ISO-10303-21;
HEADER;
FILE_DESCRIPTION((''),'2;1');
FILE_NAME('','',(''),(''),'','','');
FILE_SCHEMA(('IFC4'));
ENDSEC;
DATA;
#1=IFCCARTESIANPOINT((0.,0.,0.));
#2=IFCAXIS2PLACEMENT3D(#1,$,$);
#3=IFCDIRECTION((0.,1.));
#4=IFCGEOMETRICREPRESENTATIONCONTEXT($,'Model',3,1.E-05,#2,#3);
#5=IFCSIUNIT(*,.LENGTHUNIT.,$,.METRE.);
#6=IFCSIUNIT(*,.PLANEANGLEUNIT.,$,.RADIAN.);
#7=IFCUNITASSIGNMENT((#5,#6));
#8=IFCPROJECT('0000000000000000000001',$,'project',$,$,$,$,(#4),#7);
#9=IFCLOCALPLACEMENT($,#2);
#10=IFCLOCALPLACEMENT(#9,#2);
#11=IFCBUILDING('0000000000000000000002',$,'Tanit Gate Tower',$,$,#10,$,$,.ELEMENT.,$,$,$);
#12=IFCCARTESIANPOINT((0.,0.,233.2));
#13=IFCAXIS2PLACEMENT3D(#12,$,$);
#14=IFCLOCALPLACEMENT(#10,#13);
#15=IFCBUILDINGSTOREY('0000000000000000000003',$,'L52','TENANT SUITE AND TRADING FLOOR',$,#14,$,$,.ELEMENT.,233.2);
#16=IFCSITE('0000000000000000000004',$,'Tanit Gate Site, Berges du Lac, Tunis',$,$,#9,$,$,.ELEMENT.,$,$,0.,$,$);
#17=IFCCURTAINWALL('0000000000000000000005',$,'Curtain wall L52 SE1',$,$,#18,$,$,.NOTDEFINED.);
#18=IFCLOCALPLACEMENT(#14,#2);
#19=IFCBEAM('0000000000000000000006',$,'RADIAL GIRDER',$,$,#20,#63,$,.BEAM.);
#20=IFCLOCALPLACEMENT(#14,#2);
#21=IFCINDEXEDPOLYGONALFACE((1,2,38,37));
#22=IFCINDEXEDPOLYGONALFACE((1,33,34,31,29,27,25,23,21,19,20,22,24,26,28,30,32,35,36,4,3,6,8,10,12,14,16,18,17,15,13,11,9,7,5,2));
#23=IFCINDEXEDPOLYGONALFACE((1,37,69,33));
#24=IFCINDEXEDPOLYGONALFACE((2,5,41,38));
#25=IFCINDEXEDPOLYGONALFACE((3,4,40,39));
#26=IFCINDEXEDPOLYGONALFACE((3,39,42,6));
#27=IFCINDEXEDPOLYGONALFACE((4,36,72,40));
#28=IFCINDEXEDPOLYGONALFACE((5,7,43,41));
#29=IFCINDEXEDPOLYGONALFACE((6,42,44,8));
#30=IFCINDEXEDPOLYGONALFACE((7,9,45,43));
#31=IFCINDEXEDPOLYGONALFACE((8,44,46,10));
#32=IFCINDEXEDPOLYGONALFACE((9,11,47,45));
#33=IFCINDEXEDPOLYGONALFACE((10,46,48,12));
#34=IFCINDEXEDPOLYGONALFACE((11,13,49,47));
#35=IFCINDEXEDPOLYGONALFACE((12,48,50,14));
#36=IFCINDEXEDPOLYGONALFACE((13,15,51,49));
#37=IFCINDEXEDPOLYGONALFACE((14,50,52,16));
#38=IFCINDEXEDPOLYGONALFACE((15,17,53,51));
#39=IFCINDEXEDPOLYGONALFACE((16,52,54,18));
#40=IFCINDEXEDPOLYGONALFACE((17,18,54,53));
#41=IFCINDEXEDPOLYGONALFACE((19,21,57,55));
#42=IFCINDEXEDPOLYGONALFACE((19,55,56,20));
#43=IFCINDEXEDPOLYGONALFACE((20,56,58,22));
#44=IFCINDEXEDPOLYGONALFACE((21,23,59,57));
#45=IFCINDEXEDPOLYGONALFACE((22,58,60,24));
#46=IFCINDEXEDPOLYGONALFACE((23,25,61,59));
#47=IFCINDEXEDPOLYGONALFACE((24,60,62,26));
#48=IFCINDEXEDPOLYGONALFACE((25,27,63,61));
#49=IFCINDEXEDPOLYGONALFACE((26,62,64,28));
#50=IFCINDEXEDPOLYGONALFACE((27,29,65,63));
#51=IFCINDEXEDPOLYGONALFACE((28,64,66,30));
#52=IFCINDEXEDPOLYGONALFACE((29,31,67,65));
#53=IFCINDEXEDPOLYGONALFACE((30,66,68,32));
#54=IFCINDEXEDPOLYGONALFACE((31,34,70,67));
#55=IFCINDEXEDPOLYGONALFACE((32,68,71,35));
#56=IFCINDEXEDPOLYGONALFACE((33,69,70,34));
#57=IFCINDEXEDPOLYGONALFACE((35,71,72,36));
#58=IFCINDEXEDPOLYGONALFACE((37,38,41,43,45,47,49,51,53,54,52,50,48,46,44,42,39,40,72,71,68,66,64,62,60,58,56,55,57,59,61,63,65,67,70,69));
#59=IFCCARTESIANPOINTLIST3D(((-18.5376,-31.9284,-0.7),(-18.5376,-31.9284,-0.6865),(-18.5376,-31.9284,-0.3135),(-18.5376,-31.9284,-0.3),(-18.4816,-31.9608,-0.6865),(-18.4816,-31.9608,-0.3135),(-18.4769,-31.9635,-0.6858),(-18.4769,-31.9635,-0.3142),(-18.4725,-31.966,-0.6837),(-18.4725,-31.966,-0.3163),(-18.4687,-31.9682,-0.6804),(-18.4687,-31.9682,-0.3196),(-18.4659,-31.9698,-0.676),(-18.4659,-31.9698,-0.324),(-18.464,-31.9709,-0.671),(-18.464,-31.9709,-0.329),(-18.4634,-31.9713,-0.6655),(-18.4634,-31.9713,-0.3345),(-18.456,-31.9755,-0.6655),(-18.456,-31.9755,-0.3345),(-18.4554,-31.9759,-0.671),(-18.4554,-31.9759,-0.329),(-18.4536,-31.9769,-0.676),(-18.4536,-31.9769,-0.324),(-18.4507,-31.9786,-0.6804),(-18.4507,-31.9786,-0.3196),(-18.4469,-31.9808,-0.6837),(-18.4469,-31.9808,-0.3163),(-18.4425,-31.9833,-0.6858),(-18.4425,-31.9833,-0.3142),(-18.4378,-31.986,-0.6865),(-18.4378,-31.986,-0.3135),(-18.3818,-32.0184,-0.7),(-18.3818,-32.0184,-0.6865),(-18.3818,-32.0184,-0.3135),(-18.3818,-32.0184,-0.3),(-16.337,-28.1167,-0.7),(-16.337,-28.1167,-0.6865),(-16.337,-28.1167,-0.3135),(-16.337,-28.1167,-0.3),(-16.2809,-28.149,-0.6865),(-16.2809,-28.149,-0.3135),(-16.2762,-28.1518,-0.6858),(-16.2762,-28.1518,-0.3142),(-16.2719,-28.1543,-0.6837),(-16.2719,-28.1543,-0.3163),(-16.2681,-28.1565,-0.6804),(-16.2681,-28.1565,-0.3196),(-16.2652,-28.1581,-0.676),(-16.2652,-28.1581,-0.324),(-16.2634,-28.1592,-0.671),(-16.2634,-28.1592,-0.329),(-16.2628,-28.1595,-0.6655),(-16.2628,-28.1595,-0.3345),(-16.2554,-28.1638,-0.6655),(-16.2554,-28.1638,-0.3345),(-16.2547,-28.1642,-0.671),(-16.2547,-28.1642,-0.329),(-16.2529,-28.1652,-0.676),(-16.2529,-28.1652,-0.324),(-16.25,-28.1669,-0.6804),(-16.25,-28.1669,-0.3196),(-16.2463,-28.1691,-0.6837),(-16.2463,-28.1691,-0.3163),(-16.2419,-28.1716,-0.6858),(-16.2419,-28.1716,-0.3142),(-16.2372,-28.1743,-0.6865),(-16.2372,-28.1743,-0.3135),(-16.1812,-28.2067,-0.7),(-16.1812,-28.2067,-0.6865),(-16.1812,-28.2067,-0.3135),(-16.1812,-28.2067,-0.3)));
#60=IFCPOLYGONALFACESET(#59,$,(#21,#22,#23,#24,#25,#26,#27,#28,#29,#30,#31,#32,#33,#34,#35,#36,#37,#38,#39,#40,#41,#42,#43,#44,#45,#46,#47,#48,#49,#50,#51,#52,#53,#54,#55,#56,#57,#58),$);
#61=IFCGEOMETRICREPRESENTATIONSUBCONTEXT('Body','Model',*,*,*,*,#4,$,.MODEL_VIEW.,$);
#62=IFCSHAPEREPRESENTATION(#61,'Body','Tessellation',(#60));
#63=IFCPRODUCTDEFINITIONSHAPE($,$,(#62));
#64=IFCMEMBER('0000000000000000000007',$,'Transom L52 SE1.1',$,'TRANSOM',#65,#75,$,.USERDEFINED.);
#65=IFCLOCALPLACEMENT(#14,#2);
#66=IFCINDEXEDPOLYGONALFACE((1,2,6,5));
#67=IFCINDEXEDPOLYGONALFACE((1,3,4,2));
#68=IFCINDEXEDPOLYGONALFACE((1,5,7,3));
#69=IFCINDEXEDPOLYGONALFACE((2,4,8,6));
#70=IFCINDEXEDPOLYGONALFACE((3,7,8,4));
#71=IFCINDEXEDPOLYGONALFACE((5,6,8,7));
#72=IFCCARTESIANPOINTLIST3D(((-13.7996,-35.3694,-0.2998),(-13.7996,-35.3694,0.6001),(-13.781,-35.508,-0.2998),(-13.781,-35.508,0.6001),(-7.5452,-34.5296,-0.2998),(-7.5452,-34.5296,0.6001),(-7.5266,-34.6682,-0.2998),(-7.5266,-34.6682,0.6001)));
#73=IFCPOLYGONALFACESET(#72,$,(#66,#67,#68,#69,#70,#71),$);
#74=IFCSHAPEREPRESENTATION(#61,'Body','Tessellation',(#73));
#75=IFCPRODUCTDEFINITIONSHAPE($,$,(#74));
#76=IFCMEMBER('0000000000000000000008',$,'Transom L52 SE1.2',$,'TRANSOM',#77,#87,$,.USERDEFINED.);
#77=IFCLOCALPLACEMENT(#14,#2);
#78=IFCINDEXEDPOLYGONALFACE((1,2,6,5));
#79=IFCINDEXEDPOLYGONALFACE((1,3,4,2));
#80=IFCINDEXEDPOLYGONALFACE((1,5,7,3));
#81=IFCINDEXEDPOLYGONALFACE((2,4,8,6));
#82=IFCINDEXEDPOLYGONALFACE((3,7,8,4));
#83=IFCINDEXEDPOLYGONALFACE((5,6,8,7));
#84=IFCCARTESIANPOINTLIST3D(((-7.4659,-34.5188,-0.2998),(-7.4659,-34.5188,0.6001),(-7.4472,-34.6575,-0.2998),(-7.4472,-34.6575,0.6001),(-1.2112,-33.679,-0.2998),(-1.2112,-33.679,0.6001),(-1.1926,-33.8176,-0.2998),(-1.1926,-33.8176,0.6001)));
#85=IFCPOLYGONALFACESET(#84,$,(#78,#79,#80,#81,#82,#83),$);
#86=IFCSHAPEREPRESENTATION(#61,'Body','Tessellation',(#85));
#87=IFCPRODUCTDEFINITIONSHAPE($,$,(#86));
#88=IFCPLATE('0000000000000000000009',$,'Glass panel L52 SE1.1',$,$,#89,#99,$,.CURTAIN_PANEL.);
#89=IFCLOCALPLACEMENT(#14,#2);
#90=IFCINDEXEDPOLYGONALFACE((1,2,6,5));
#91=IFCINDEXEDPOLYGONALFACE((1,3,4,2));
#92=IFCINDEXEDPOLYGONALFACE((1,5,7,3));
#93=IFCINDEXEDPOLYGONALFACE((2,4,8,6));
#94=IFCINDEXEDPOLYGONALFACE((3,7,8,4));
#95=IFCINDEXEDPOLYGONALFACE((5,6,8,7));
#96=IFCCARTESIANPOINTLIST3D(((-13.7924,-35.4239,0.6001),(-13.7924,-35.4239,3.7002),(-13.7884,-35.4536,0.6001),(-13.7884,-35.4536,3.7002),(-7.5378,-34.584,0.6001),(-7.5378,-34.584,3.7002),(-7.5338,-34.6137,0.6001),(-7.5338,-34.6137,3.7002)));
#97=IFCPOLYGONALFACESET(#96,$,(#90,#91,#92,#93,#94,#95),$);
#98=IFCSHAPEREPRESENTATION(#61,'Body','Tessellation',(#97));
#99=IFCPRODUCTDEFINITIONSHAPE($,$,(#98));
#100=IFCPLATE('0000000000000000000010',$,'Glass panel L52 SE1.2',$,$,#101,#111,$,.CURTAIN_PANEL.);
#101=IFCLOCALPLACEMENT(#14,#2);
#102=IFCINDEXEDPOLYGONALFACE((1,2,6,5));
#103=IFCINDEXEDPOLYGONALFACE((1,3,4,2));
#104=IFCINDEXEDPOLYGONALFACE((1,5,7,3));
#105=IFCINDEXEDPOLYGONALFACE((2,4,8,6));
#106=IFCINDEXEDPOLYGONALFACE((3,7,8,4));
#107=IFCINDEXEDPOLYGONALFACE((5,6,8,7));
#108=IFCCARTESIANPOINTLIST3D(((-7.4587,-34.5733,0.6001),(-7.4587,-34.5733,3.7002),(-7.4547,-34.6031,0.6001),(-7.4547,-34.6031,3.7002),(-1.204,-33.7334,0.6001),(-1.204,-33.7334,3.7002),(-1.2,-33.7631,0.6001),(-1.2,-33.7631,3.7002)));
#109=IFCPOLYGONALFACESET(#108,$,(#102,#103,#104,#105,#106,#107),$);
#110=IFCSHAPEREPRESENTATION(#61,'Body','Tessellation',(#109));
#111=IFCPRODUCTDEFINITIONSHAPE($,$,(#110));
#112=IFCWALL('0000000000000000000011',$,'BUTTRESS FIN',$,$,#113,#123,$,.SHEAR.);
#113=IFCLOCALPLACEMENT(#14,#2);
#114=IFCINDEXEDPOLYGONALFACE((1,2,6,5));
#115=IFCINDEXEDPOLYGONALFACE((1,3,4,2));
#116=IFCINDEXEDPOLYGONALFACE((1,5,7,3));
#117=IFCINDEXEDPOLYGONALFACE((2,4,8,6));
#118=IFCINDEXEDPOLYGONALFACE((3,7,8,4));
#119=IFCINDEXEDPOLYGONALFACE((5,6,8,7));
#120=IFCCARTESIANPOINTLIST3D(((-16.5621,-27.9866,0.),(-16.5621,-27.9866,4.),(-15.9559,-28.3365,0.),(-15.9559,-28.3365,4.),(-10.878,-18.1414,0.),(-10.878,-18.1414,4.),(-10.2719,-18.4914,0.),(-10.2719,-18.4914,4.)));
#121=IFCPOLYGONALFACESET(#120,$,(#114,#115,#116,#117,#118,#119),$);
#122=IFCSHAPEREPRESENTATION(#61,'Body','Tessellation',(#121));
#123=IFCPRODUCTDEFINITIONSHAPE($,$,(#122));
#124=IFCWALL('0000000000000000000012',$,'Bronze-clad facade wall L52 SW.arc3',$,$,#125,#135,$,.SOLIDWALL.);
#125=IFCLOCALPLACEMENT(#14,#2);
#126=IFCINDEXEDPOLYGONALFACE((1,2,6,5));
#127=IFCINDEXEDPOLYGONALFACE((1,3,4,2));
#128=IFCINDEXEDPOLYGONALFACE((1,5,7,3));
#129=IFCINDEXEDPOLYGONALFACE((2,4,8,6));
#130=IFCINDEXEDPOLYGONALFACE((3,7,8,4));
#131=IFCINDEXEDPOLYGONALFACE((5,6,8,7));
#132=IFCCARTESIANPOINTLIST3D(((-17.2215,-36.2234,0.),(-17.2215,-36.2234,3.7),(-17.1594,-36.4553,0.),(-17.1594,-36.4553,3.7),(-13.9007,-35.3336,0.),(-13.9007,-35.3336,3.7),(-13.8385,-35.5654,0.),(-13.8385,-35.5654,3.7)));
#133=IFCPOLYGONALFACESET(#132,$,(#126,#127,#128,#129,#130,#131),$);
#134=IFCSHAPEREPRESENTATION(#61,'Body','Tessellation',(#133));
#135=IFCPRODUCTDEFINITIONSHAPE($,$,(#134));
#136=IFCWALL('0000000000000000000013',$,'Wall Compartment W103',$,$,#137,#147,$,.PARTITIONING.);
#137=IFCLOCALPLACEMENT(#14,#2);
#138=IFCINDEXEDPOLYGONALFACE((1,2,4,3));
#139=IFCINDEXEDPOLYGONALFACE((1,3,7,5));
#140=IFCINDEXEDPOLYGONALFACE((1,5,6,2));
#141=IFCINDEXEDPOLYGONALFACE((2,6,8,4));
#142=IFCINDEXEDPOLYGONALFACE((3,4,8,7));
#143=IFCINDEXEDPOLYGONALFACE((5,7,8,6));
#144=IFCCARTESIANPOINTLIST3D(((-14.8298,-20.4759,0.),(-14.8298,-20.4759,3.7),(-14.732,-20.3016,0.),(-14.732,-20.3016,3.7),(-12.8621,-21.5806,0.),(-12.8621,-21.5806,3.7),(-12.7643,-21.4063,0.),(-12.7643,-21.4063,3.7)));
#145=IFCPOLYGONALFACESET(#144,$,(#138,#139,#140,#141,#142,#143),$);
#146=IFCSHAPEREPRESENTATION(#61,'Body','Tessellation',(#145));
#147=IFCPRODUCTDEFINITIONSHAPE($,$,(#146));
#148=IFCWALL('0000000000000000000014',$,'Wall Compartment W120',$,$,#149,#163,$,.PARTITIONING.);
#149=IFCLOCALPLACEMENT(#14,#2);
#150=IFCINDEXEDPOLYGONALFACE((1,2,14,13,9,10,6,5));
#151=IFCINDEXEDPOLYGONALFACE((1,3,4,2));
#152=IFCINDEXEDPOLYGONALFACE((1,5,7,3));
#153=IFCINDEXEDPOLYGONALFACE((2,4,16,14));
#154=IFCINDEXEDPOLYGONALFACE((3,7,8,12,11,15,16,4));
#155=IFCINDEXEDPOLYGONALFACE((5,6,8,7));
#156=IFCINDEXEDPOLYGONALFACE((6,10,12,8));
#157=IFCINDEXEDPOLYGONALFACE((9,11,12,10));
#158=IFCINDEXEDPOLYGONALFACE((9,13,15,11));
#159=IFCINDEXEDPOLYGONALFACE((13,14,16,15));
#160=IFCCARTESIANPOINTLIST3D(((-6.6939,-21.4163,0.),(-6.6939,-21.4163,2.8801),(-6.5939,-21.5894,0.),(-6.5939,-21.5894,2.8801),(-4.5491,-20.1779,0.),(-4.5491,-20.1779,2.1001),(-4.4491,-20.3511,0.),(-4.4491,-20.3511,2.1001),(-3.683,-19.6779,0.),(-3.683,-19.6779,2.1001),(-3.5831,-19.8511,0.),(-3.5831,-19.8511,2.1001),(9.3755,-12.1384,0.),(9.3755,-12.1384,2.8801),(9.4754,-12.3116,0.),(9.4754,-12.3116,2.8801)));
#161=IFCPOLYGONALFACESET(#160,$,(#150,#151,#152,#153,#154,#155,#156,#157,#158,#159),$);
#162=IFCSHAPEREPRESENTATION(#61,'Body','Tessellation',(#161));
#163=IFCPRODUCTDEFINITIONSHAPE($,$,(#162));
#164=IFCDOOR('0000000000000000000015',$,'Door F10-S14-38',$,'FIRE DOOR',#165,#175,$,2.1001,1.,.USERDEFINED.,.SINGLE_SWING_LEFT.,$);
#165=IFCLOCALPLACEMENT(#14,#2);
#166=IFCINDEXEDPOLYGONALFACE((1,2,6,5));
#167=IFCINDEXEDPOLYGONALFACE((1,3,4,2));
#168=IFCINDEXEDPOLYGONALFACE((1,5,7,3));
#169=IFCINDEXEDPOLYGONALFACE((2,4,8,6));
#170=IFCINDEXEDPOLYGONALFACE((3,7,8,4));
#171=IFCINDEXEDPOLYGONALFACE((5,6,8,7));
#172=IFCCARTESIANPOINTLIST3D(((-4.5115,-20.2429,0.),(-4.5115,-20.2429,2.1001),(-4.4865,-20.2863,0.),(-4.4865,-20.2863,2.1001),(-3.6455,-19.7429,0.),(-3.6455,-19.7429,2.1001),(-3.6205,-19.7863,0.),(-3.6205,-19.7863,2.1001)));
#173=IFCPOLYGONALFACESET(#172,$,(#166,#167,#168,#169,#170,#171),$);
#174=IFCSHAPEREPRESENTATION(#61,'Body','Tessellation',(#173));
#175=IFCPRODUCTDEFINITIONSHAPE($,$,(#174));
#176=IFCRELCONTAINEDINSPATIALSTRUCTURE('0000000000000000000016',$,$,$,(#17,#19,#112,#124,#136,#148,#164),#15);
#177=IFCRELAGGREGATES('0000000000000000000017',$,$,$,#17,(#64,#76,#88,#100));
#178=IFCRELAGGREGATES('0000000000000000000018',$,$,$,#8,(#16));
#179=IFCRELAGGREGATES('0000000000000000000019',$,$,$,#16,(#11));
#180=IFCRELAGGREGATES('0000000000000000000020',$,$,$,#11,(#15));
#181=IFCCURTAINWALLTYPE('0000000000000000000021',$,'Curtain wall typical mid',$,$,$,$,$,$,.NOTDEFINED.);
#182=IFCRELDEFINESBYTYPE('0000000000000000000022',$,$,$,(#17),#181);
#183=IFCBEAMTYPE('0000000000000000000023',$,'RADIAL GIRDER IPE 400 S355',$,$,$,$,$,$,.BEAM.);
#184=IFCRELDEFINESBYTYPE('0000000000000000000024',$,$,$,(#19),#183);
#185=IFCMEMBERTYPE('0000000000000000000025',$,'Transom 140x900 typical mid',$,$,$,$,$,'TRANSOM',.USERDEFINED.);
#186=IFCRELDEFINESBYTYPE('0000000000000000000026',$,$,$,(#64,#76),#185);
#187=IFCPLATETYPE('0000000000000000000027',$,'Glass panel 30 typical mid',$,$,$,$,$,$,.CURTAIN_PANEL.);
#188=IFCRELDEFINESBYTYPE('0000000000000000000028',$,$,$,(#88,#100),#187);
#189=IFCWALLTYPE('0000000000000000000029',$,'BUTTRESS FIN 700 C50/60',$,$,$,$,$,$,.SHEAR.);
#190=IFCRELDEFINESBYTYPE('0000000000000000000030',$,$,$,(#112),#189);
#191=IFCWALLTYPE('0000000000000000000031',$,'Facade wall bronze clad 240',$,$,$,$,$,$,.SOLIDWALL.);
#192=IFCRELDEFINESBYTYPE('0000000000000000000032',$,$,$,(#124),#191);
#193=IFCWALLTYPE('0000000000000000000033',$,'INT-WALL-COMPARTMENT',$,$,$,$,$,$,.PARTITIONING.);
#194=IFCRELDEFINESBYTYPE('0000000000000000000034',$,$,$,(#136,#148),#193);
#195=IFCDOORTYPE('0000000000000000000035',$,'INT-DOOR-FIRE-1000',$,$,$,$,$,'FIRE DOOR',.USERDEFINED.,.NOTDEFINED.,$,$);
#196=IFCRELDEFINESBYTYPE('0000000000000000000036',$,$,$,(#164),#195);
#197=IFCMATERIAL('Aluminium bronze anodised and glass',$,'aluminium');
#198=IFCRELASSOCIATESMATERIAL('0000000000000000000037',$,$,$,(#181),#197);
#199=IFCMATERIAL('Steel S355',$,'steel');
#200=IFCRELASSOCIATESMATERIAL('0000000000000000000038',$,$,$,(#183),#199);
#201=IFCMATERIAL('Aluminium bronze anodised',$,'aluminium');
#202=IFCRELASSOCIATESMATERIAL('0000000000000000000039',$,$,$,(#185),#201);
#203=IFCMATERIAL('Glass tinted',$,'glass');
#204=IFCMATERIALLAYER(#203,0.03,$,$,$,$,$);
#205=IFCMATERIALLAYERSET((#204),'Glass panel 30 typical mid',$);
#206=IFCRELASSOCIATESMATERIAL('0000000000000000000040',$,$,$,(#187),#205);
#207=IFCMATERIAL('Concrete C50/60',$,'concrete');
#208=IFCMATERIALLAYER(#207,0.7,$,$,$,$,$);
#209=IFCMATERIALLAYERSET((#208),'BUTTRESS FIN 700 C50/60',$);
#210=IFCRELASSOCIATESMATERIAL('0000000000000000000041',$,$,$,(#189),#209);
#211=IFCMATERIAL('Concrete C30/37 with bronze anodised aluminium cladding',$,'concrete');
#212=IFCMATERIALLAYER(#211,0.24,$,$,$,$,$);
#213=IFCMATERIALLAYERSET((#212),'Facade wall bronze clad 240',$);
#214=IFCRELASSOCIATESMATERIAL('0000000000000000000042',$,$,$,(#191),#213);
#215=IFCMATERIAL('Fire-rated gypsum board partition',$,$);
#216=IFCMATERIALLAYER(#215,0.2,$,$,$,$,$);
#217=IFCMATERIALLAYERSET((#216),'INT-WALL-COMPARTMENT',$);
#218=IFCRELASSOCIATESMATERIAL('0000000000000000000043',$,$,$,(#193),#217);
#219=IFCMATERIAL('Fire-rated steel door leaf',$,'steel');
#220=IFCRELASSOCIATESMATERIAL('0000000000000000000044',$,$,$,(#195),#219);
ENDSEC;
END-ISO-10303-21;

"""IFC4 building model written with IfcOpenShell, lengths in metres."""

from ifc_helpers import new_model, si_unit, direction, frame, frame_2d, origin, origin_2d, place, context, subcontext, project, spatial, rectangle, i_section, extrude, material, layer, layer_set, material_profile, profile_set, type_object, element, fill, aggregate, save


model = new_model("IFC4")

# Units and contexts
model_context = context("Model", 3, precision=1e-05, world=origin(), true_north=direction((0.0, 1.0)))
body_context = subcontext(model_context, "Body", "Model", "MODEL_VIEW")
ifc_project = project(units=[si_unit("LENGTHUNIT", "METRE"), si_unit("PLANEANGLEUNIT", "RADIAN")], contexts=[model_context])

# Site, building, storey
site_placement = place(None, origin())
site = spatial("IfcSite", under=ifc_project, at=site_placement, Name="Tanit Gate Site, Berges du Lac, Tunis", CompositionType="ELEMENT", RefElevation=0.0)
building_placement = place(site_placement, origin())
building = spatial("IfcBuilding", under=site, at=building_placement, Name="Tanit Gate Tower", CompositionType="ELEMENT")
storey_placement = place(building_placement, frame((0.0, 0.0, 233.2)))
storey = spatial("IfcBuildingStorey", under=building, at=storey_placement, Name="L52", Description="TENANT SUITE AND TRADING FLOOR", CompositionType="ELEMENT", Elevation=233.2)

# Curtain wall
ifc_material_1 = material(Name="Aluminium bronze anodised and glass", Category="aluminium")
curtain_wall_type = type_object("IfcCurtainWallType", Name="Curtain wall typical mid", PredefinedType="NOTDEFINED", material=ifc_material_1)
curtain_wall_placement = place(storey_placement, origin())
curtain_wall = element("IfcCurtainWall", 1, at=curtain_wall_placement, inside=storey, type_object=curtain_wall_type, Name="Curtain wall L52 SE1", PredefinedType="NOTDEFINED")

# Beam
ifc_material_2 = material(Name="Steel S355", Category="steel")
ifc_material_profile_1 = material_profile(ifc_material_2, i_section(OverallWidth=0.1799, OverallDepth=0.3999, WebThickness=0.0085, FlangeThickness=0.0134, FilletRadius=0.021, at=origin_2d()), Name="IPE 400")
ifc_profile_set_1 = profile_set([ifc_material_profile_1], Name="Steel S355")
beam_type_1 = type_object("IfcBeamType", Name="RADIAL GIRDER IPE 400 S355", PredefinedType="BEAM", material=ifc_profile_set_1)
beam_1_placement = place(storey_placement, frame((-18.4597, -31.9734, -0.5), z_axis=(0.499993, 0.866029, 0.0), x_axis=(-0.866029, 0.499993, 0.0)))
element("IfcBeam", 2, at=beam_1_placement, inside=storey, type_object=beam_type_1, Name="RADIAL GIRDER", PredefinedType="BEAM", context=body_context, shape_type="SweptSolid", body=[
    extrude(i_section(OverallWidth=0.1799, OverallDepth=0.3999, WebThickness=0.0085, FlangeThickness=0.0134, FilletRadius=0.021, at=origin_2d()), origin(), (0.0, 0.0, 1.0), 4.4014),
])

# Members
ifc_material_3 = material(Name="Aluminium bronze anodised", Category="aluminium")
ifc_material_profile_2 = material_profile(ifc_material_3, rectangle(XDim=0.1399, YDim=0.8999, at=origin_2d()), Name="140x900 bronze transom")
ifc_profile_set_2 = profile_set([ifc_material_profile_2], Name="Aluminium bronze anodised")
member_type_1 = type_object("IfcMemberType", Name="Transom 140x900 typical mid", ElementType="TRANSOM", PredefinedType="USERDEFINED", material=ifc_profile_set_2)
member_1_placement = place(storey_placement, frame((-13.7903, -35.4387, 0.1501), z_axis=(0.991104, 0.133086, 0.0), x_axis=(-0.133086, 0.991104, 0.0)))
member_1 = element("IfcMember", 3, at=member_1_placement, type_object=member_type_1, Name="Transom L52 SE1.1", ObjectType="TRANSOM", PredefinedType="USERDEFINED", context=body_context, shape_type="SweptSolid", body=[
    extrude(rectangle(XDim=0.1399, YDim=0.8999, at=origin_2d()), origin(), (0.0, 0.0, 1.0), 6.3105),
])
member_2_placement = place(storey_placement, frame((-7.4565, -34.5881, 0.1501), z_axis=(0.991105, 0.133081, 0.0), x_axis=(-0.133081, 0.991105, 0.0)))
member_2 = element("IfcMember", 4, at=member_2_placement, type_object=member_type_1, Name="Transom L52 SE1.2", ObjectType="TRANSOM", PredefinedType="USERDEFINED", context=body_context, shape_type="SweptSolid", body=[
    extrude(rectangle(XDim=0.1399, YDim=0.8999, at=origin_2d()), origin(), (0.0, 0.0, 1.0), 6.3108),
])

# Plates
ifc_material_4 = material(Name="Glass tinted", Category="glass")
ifc_layer_1 = layer(ifc_material_4, 0.03)
ifc_layer_set_1 = layer_set([ifc_layer_1], Name="Glass panel 30 typical mid")
plate_type = type_object("IfcPlateType", Name="Glass panel 30 typical mid", PredefinedType="CURTAIN_PANEL", material=ifc_layer_set_1)
plate_1_placement = place(storey_placement, frame((-10.6631, -35.0188, 0.6001), z_axis=(0.0, 0.0, 1.0), x_axis=(0.991104, 0.133092, 0.0)))
plate_1 = element("IfcPlate", 5, at=plate_1_placement, type_object=plate_type, Name="Glass panel L52 SE1.1", PredefinedType="CURTAIN_PANEL", context=body_context, shape_type="SweptSolid", body=[
    extrude(rectangle(XDim=6.3108, YDim=0.03, at=origin_2d()), origin(), (0.0, 0.0, 1.0), 3.1001),
])
plate_2_placement = place(storey_placement, frame((-4.3293, -34.1682, 0.6001), z_axis=(0.0, 0.0, 1.0), x_axis=(0.991104, 0.133092, 0.0)))
plate_2 = element("IfcPlate", 6, at=plate_2_placement, type_object=plate_type, Name="Glass panel L52 SE1.2", PredefinedType="CURTAIN_PANEL", context=body_context, shape_type="SweptSolid", body=[
    extrude(rectangle(XDim=6.3108, YDim=0.03, at=origin_2d()), origin(), (0.0, 0.0, 1.0), 3.1001),
])
aggregate(curtain_wall, [member_1, member_2, plate_1, plate_2])

# Wall
ifc_material_5 = material(Name="Concrete C50/60", Category="concrete")
ifc_layer_2 = layer(ifc_material_5, 0.7)
ifc_layer_set_2 = layer_set([ifc_layer_2], Name="BUTTRESS FIN 700 C50/60")
wall_type_1 = type_object("IfcWallType", Name="BUTTRESS FIN 700 C50/60", PredefinedType="SHEAR", material=ifc_layer_set_2)
wall_1_placement = place(storey_placement, frame((-10.575, -18.3164, 0.0), z_axis=(0.0, 0.0, 1.0), x_axis=(-0.499996, -0.866028, 0.0)))
element("IfcWall", 7, at=wall_1_placement, inside=storey, type_object=wall_type_1, Name="BUTTRESS FIN", PredefinedType="SHEAR", context=body_context, shape_type="SweptSolid", body=[
    extrude(rectangle(XDim=11.3682, YDim=0.7, at=frame_2d((5.6841, 0.0))), origin(), (0.0, 0.0, 1.0), 4.0),
])

# Walls
ifc_material_6 = material(Name="Concrete C30/37 with bronze anodised aluminium cladding", Category="concrete")
ifc_layer_3 = layer(ifc_material_6, 0.24)
ifc_layer_set_3 = layer_set([ifc_layer_3], Name="Facade wall bronze clad 240")
wall_type_2 = type_object("IfcWallType", Name="Facade wall bronze clad 240", PredefinedType="SOLIDWALL", material=ifc_layer_set_3)
wall_2_placement = place(storey_placement, frame((-17.1904, -36.3394, 0.0), z_axis=(0.0, 0.0, 1.0), x_axis=(0.96592, 0.258843, 0.0)))
element("IfcWall", 8, at=wall_2_placement, inside=storey, type_object=wall_type_2, Name="Bronze-clad facade wall L52 SW.arc3", PredefinedType="SOLIDWALL", context=body_context, shape_type="SweptSolid", body=[
    extrude(rectangle(XDim=3.438, YDim=0.24, at=frame_2d((1.719, 0.0))), origin(), (0.0, 0.0, 1.0), 3.7),
])
ifc_material_7 = material(Name="Fire-rated gypsum board partition")
ifc_layer_4 = layer(ifc_material_7, 0.2)
ifc_layer_set_4 = layer_set([ifc_layer_4], Name="INT-WALL-COMPARTMENT")
wall_type_3 = type_object("IfcWallType", Name="INT-WALL-COMPARTMENT", PredefinedType="PARTITIONING", material=ifc_layer_set_4)
wall_3_placement = place(storey_placement, frame((-14.781, -20.3887, 0.0), z_axis=(0.0, 0.0, 1.0), x_axis=(0.87198, -0.489542, 0.0)))
element("IfcWall", 9, at=wall_3_placement, inside=storey, type_object=wall_type_3, Name="Wall Compartment W103", PredefinedType="PARTITIONING", context=body_context, shape_type="SweptSolid", body=[
    extrude(rectangle(XDim=2.2566, YDim=0.2, at=frame_2d((1.1284, 0.0))), origin(), (0.0, 0.0, 1.0), 3.7),
])

# Wall, opening, door
wall_4_placement = place(storey_placement, frame((-6.644, -21.5029, 0.0), z_axis=(0.0, 0.0, 1.0), x_axis=(0.866021, 0.500008, 0.0)))
wall_4 = element("IfcWall", 10, at=wall_4_placement, inside=storey, type_object=wall_type_3, Name="Wall Compartment W120", PredefinedType="PARTITIONING", context=body_context, shape_type="SweptSolid", body=[
    extrude(rectangle(XDim=18.5554, YDim=0.2, at=frame_2d((9.2778, 0.0))), origin(), (0.0, 0.0, 1.0), 2.8801),
])
opening_1_placement = place(wall_4_placement, frame((2.4768, 0.0, 0.0)))
opening_1 = element("IfcOpeningElement", 11, at=opening_1_placement, cuts=wall_4, PredefinedType="OPENING", context=body_context, shape_type="SweptSolid", body=[
    extrude(rectangle(XDim=1.0, YDim=2.1001, at=frame_2d((0.5, 1.05))), frame((0.0, 0.1099, 0.0), z_axis=(0.0, -1.0, 0.0), x_axis=(1.0, 0.0, 0.0)), (0.0, 0.0, 1.0), 0.22),
])
ifc_material_8 = material(Name="Fire-rated steel door leaf", Category="steel")
door_type_1 = type_object("IfcDoorType", Name="INT-DOOR-FIRE-1000", ElementType="FIRE DOOR", OperationType="NOTDEFINED", PredefinedType="USERDEFINED", material=ifc_material_8)
door_1_placement = place(opening_1_placement, origin())
door_1 = element("IfcDoor", 12, at=door_1_placement, inside=storey, type_object=door_type_1, Name="Door F10-S14-38", ObjectType="FIRE DOOR", OperationType="SINGLE_SWING_LEFT", OverallHeight=2.1001, OverallWidth=1.0, PredefinedType="USERDEFINED", context=body_context, shape_type="SweptSolid", body=[
    extrude(rectangle(XDim=1.0, YDim=2.1001, at=frame_2d((0.5, 1.05))), frame((0.0, 0.0249, 0.0), z_axis=(0.0, -1.0, 0.0), x_axis=(1.0, 0.0, 0.0)), (0.0, 0.0, 1.0), 0.05),
])
fill(opening_1, door_1)

save(model, "model.ifc")
